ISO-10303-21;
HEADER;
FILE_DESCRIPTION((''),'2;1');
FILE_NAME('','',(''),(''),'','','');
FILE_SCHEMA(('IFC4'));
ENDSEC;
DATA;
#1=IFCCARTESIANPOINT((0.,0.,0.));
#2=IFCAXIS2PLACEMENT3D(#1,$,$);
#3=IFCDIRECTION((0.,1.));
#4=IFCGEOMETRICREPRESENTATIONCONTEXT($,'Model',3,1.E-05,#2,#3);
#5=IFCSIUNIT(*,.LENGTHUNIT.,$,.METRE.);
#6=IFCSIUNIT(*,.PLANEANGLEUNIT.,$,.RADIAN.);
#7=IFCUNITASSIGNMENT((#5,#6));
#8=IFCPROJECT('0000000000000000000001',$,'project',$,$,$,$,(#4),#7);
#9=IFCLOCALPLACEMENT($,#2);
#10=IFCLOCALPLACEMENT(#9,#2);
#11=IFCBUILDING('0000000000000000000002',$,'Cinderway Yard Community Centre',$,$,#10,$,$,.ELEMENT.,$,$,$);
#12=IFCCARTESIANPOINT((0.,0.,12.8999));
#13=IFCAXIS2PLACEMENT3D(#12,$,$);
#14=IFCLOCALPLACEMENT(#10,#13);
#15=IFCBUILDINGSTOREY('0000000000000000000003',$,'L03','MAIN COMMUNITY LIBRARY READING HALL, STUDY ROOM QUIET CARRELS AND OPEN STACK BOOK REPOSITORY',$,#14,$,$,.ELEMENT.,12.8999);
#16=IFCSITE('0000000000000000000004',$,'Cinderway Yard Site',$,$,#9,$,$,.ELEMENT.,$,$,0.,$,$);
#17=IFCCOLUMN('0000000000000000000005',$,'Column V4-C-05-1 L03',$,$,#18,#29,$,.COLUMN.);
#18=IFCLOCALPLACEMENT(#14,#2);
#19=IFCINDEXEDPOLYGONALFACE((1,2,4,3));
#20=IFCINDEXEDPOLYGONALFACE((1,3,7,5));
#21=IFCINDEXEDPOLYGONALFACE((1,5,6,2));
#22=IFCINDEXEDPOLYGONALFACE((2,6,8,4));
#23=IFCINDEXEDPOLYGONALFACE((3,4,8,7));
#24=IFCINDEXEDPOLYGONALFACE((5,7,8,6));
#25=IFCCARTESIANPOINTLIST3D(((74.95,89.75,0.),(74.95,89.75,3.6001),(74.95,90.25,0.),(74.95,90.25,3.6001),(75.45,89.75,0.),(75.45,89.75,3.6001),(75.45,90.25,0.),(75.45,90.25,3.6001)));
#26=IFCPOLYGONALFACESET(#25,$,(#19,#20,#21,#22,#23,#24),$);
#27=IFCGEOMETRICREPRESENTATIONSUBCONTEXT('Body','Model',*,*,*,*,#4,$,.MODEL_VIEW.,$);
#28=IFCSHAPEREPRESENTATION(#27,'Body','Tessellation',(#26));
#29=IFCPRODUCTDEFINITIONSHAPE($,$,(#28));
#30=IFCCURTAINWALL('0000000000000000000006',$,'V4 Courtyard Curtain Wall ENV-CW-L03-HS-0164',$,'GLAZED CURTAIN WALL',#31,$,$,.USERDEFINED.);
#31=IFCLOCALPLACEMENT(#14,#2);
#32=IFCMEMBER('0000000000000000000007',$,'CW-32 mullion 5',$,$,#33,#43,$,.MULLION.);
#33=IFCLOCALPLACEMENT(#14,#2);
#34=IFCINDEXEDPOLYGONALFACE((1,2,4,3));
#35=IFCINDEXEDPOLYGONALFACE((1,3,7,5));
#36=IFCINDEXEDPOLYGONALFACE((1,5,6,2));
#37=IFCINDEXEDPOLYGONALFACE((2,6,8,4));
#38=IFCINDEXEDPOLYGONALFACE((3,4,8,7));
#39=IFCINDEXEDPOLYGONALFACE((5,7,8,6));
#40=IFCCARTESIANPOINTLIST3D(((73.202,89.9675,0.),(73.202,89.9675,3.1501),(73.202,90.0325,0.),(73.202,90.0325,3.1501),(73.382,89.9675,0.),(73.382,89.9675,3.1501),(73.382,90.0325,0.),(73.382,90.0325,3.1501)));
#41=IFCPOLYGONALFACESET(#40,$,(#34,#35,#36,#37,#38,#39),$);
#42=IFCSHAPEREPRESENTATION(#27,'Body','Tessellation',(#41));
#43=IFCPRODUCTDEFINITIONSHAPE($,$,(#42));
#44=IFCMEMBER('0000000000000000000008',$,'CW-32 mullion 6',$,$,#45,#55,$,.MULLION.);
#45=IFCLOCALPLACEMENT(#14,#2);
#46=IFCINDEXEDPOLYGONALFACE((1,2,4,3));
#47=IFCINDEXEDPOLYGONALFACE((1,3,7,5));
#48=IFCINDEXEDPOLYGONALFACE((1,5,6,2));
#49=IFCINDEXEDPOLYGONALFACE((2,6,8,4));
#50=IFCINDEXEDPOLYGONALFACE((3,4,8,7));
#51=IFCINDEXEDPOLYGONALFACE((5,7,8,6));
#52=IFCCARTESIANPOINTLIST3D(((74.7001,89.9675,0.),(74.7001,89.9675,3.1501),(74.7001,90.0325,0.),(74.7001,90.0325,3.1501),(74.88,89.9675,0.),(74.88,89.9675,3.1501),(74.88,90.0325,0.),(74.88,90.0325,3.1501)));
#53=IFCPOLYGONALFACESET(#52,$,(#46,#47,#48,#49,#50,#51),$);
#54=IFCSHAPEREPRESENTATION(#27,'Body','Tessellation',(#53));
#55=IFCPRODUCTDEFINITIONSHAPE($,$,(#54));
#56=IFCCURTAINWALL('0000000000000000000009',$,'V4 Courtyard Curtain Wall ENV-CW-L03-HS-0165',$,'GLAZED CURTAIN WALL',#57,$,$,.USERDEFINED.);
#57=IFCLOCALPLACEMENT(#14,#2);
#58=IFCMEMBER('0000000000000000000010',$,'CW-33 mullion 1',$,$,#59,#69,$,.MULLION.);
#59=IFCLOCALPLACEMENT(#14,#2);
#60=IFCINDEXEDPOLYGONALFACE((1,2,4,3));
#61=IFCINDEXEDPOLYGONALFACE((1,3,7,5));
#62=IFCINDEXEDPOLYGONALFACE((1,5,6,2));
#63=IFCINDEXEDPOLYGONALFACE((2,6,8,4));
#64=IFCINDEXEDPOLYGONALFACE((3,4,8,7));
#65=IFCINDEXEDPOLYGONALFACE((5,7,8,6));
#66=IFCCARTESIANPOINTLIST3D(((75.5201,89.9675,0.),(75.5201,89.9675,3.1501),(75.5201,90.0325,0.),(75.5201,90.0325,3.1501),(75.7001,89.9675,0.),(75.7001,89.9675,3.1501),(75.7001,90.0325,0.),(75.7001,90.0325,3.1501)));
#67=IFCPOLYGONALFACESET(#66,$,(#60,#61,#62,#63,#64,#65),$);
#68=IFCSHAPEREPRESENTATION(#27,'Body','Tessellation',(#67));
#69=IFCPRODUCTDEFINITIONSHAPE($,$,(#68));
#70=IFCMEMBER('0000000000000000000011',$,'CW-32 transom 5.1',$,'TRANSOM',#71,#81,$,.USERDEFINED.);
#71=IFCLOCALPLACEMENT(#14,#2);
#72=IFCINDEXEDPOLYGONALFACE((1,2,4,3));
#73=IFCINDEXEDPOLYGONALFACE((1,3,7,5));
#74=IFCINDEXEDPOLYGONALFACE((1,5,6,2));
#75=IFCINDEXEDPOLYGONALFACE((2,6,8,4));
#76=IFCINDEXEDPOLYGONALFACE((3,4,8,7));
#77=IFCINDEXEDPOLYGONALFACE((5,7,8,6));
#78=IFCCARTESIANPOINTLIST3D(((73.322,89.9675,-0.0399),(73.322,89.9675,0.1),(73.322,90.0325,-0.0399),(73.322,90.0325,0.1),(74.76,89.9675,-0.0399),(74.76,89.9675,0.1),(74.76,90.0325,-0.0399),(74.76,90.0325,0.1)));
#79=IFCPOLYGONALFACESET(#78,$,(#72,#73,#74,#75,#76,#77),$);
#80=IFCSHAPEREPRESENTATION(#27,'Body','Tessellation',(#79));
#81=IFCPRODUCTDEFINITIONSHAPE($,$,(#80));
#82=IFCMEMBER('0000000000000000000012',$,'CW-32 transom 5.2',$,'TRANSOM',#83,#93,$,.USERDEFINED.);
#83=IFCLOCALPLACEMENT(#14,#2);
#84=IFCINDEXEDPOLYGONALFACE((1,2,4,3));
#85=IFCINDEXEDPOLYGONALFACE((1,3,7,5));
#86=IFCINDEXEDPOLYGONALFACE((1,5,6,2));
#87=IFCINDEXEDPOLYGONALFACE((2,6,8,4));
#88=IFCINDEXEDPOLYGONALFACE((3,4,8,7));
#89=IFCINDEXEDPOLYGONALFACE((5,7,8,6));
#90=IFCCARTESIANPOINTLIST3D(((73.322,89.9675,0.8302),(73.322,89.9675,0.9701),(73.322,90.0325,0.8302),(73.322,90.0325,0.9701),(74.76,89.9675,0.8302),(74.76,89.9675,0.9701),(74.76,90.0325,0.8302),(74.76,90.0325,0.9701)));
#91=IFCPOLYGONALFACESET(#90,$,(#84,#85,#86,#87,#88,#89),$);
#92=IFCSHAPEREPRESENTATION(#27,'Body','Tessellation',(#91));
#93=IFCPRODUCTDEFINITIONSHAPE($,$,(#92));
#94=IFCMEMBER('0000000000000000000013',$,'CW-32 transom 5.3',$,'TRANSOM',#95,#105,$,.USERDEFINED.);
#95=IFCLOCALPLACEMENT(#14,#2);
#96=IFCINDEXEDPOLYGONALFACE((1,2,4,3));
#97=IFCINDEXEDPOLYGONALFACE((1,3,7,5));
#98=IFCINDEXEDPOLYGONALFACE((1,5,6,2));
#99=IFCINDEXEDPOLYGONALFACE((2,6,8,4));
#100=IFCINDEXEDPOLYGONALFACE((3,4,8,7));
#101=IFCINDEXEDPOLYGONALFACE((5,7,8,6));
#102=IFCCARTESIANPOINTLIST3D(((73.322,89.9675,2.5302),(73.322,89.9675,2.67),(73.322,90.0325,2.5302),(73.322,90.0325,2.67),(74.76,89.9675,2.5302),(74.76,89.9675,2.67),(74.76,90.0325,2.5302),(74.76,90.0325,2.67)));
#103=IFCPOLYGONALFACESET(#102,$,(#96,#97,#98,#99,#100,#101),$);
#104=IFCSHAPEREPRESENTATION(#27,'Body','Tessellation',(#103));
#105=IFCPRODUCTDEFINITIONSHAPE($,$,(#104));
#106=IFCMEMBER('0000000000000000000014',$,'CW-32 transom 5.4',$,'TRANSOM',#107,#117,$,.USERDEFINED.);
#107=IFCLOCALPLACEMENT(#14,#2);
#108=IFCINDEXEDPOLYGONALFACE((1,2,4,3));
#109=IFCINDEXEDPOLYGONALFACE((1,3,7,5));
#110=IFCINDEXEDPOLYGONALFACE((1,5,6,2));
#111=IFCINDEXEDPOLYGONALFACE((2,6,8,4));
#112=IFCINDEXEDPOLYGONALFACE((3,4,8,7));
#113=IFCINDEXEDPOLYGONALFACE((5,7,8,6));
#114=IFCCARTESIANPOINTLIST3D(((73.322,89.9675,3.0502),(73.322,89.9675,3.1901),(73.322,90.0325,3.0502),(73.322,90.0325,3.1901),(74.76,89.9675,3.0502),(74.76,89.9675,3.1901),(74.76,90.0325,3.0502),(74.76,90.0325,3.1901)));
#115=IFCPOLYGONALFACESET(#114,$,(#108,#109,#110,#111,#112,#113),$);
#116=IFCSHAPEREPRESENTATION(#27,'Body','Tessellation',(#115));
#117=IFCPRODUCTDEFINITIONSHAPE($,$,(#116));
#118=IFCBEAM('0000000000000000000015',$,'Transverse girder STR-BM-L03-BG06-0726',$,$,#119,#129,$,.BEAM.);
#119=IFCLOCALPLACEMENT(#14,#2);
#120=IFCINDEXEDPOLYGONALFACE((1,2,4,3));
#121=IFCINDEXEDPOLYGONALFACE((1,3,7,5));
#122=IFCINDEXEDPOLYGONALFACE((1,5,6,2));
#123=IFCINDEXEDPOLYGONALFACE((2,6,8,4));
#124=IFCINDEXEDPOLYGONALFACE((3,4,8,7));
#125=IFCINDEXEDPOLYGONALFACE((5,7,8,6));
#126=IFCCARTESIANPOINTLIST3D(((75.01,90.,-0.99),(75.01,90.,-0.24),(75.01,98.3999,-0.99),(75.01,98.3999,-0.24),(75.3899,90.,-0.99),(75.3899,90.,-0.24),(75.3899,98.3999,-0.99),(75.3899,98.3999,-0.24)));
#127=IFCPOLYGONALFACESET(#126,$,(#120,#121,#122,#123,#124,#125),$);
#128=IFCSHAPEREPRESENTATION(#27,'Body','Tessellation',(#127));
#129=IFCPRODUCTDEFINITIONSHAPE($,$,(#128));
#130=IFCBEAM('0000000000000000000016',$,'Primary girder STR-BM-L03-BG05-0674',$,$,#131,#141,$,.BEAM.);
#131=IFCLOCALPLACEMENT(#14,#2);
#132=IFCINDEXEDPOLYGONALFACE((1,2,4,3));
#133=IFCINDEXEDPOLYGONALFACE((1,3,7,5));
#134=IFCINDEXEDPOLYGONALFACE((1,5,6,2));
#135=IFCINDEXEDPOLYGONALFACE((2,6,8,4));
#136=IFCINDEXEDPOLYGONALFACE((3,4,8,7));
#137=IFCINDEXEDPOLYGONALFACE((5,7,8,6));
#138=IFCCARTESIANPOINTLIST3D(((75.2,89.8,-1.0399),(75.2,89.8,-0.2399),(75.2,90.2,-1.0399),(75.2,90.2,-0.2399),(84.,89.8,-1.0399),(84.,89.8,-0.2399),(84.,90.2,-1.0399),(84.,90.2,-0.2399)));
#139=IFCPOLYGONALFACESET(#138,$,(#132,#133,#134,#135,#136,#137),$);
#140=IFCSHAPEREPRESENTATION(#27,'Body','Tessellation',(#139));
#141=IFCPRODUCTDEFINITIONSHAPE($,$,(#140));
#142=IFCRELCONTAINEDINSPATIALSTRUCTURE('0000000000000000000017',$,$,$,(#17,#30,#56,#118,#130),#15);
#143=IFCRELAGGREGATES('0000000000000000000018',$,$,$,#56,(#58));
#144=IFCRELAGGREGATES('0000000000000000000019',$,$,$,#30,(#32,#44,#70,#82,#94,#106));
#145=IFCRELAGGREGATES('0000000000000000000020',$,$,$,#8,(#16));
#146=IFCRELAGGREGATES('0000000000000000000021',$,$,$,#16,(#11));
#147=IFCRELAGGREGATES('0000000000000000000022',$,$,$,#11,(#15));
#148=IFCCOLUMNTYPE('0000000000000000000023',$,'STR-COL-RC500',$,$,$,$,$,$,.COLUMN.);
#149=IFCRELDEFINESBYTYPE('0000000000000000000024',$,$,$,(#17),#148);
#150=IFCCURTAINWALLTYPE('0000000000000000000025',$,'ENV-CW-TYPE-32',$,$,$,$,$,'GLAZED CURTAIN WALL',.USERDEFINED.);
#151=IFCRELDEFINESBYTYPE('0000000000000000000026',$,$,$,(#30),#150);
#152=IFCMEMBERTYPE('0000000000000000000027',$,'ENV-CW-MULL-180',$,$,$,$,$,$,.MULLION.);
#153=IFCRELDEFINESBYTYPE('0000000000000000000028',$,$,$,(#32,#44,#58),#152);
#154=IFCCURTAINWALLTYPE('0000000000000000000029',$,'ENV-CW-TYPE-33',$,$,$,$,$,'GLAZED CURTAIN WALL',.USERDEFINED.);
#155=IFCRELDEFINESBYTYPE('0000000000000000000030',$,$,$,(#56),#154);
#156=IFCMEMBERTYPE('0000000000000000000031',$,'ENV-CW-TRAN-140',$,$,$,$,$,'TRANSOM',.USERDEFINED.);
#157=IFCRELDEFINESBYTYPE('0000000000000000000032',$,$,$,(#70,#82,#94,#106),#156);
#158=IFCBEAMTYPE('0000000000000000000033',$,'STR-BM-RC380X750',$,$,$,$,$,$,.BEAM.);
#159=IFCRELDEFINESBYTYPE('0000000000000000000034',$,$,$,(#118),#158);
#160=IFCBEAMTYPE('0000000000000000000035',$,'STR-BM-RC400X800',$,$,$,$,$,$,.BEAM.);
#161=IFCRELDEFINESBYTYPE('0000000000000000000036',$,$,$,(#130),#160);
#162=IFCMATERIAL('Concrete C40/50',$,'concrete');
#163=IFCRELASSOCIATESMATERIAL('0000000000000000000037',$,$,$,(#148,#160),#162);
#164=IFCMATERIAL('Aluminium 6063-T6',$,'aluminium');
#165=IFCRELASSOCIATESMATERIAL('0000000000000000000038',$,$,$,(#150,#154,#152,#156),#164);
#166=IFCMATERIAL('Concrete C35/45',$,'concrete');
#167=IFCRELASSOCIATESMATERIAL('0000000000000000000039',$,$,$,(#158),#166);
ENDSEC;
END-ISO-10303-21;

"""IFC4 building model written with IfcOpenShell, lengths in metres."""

from ifc_helpers import new_model, si_unit, direction, frame, origin, origin_2d, place, context, subcontext, project, spatial, rectangle, extrude, material, material_profile, profile_set, type_object, element, aggregate, save


model = new_model("IFC4")

# Units and contexts
model_context = context("Model", 3, precision=1e-05, world=origin(), true_north=direction((0.0, 1.0)))
body_context = subcontext(model_context, "Body", "Model", "MODEL_VIEW")
ifc_project = project(units=[si_unit("LENGTHUNIT", "METRE"), si_unit("PLANEANGLEUNIT", "RADIAN")], contexts=[model_context])

# Site, building, storey
site_placement = place(None, origin())
site = spatial("IfcSite", under=ifc_project, at=site_placement, Name="Cinderway Yard Site", CompositionType="ELEMENT", RefElevation=0.0)
building_placement = place(site_placement, origin())
building = spatial("IfcBuilding", under=site, at=building_placement, Name="Cinderway Yard Community Centre", CompositionType="ELEMENT")
storey_placement = place(building_placement, frame((0.0, 0.0, 12.8999)))
storey = spatial("IfcBuildingStorey", under=building, at=storey_placement, Name="L03", Description="MAIN COMMUNITY LIBRARY READING HALL, STUDY ROOM QUIET CARRELS AND OPEN STACK BOOK REPOSITORY", CompositionType="ELEMENT", Elevation=12.8999)

# Column
ifc_material_1 = material(Name="Concrete C40/50", Category="concrete")
ifc_material_profile_1 = material_profile(ifc_material_1, rectangle(XDim=0.5, YDim=0.5, at=origin_2d()), Name="Concrete C40/50")
ifc_profile_set_1 = profile_set([ifc_material_profile_1], Name="Concrete C40/50")
column_type = type_object("IfcColumnType", Name="STR-COL-RC500", PredefinedType="COLUMN", material=ifc_profile_set_1)
column_placement = place(storey_placement, frame((75.2, 90.0, 0.0), z_axis=(0.0, 0.0, 1.0), x_axis=(1.0, 0.0, 0.0)))
element("IfcColumn", 1, at=column_placement, inside=storey, type_object=column_type, Name="Column V4-C-05-1 L03", PredefinedType="COLUMN", context=body_context, shape_type="SweptSolid", body=[
    extrude(rectangle(XDim=0.5, YDim=0.5, at=origin_2d()), origin(), (0.0, 0.0, 1.0), 3.6001),
])

# Curtain wall, members
ifc_material_2 = material(Name="Aluminium 6063-T6", Category="aluminium")
curtain_wall_type_1 = type_object("IfcCurtainWallType", Name="ENV-CW-TYPE-32", ElementType="GLAZED CURTAIN WALL", PredefinedType="USERDEFINED", material=ifc_material_2)
curtain_wall_1_placement = place(storey_placement, origin())
curtain_wall_1 = element("IfcCurtainWall", 2, at=curtain_wall_1_placement, inside=storey, type_object=curtain_wall_type_1, Name="V4 Courtyard Curtain Wall ENV-CW-L03-HS-0164", ObjectType="GLAZED CURTAIN WALL", PredefinedType="USERDEFINED")
ifc_material_profile_2 = material_profile(ifc_material_2, rectangle(XDim=0.0649, YDim=0.1799, at=origin_2d()), Name="Aluminium 6063-T6")
ifc_profile_set_2 = profile_set([ifc_material_profile_2], Name="Aluminium 6063-T6")
member_type_1 = type_object("IfcMemberType", Name="ENV-CW-MULL-180", PredefinedType="MULLION", material=ifc_profile_set_2)
member_1_placement = place(storey_placement, frame((73.292, 90.0, 0.0), z_axis=(0.0, 0.0, 1.0), x_axis=(0.0, 1.0, 0.0)))
member_1 = element("IfcMember", 3, at=member_1_placement, type_object=member_type_1, Name="CW-32 mullion 5", PredefinedType="MULLION", context=body_context, shape_type="SweptSolid", body=[
    extrude(rectangle(XDim=0.0649, YDim=0.1799, at=origin_2d()), origin(), (0.0, 0.0, 1.0), 3.1501),
])
member_2_placement = place(storey_placement, frame((74.79, 90.0, 0.0), z_axis=(0.0, 0.0, 1.0), x_axis=(0.0, 1.0, 0.0)))
member_2 = element("IfcMember", 4, at=member_2_placement, type_object=member_type_1, Name="CW-32 mullion 6", PredefinedType="MULLION", context=body_context, shape_type="SweptSolid", body=[
    extrude(rectangle(XDim=0.0649, YDim=0.1799, at=origin_2d()), origin(), (0.0, 0.0, 1.0), 3.1501),
])

# Curtain wall, member
curtain_wall_type_2 = type_object("IfcCurtainWallType", Name="ENV-CW-TYPE-33", ElementType="GLAZED CURTAIN WALL", PredefinedType="USERDEFINED", material=ifc_material_2)
curtain_wall_2_placement = place(storey_placement, origin())
curtain_wall_2 = element("IfcCurtainWall", 5, at=curtain_wall_2_placement, inside=storey, type_object=curtain_wall_type_2, Name="V4 Courtyard Curtain Wall ENV-CW-L03-HS-0165", ObjectType="GLAZED CURTAIN WALL", PredefinedType="USERDEFINED")
member_3_placement = place(storey_placement, frame((75.6101, 90.0, 0.0), z_axis=(0.0, 0.0, 1.0), x_axis=(0.0, 1.0, 0.0)))
member_3 = element("IfcMember", 6, at=member_3_placement, type_object=member_type_1, Name="CW-33 mullion 1", PredefinedType="MULLION", context=body_context, shape_type="SweptSolid", body=[
    extrude(rectangle(XDim=0.0649, YDim=0.1799, at=origin_2d()), origin(), (0.0, 0.0, 1.0), 3.1501),
])
aggregate(curtain_wall_2, [member_3])

# Members
ifc_material_profile_3 = material_profile(ifc_material_2, rectangle(XDim=0.0649, YDim=0.1399, at=origin_2d()), Name="Aluminium 6063-T6")
ifc_profile_set_3 = profile_set([ifc_material_profile_3], Name="Aluminium 6063-T6")
member_type_2 = type_object("IfcMemberType", Name="ENV-CW-TRAN-140", ElementType="TRANSOM", PredefinedType="USERDEFINED", material=ifc_profile_set_3)
member_4_placement = place(storey_placement, frame((73.322, 90.0, 0.03), z_axis=(1.0, 0.0, 0.0), x_axis=(0.0, 1.0, 0.0)))
member_4 = element("IfcMember", 7, at=member_4_placement, type_object=member_type_2, Name="CW-32 transom 5.1", ObjectType="TRANSOM", PredefinedType="USERDEFINED", context=body_context, shape_type="SweptSolid", body=[
    extrude(rectangle(XDim=0.0649, YDim=0.1399, at=origin_2d()), origin(), (0.0, 0.0, 1.0), 1.438),
])
member_5_placement = place(storey_placement, frame((73.322, 90.0, 0.9001), z_axis=(1.0, 0.0, 0.0), x_axis=(0.0, 1.0, 0.0)))
member_5 = element("IfcMember", 8, at=member_5_placement, type_object=member_type_2, Name="CW-32 transom 5.2", ObjectType="TRANSOM", PredefinedType="USERDEFINED", context=body_context, shape_type="SweptSolid", body=[
    extrude(rectangle(XDim=0.0649, YDim=0.1399, at=origin_2d()), origin(), (0.0, 0.0, 1.0), 1.438),
])
member_6_placement = place(storey_placement, frame((73.322, 90.0, 2.6001), z_axis=(1.0, 0.0, 0.0), x_axis=(0.0, 1.0, 0.0)))
member_6 = element("IfcMember", 9, at=member_6_placement, type_object=member_type_2, Name="CW-32 transom 5.3", ObjectType="TRANSOM", PredefinedType="USERDEFINED", context=body_context, shape_type="SweptSolid", body=[
    extrude(rectangle(XDim=0.0649, YDim=0.1399, at=origin_2d()), origin(), (0.0, 0.0, 1.0), 1.438),
])
member_7_placement = place(storey_placement, frame((73.322, 90.0, 3.1201), z_axis=(1.0, 0.0, 0.0), x_axis=(0.0, 1.0, 0.0)))
member_7 = element("IfcMember", 10, at=member_7_placement, type_object=member_type_2, Name="CW-32 transom 5.4", ObjectType="TRANSOM", PredefinedType="USERDEFINED", context=body_context, shape_type="SweptSolid", body=[
    extrude(rectangle(XDim=0.0649, YDim=0.1399, at=origin_2d()), origin(), (0.0, 0.0, 1.0), 1.438),
])

# Beams
ifc_material_3 = material(Name="Concrete C35/45", Category="concrete")
ifc_material_profile_4 = material_profile(ifc_material_3, rectangle(XDim=0.3799, YDim=0.75, at=origin_2d()), Name="Concrete C35/45")
ifc_profile_set_4 = profile_set([ifc_material_profile_4], Name="Concrete C35/45")
beam_type_1 = type_object("IfcBeamType", Name="STR-BM-RC380X750", PredefinedType="BEAM", material=ifc_profile_set_4)
beam_1_placement = place(storey_placement, frame((75.2, 90.0, -0.615), z_axis=(0.0, 1.0, 0.0), x_axis=(-1.0, 0.0, 0.0)))
element("IfcBeam", 11, at=beam_1_placement, inside=storey, type_object=beam_type_1, Name="Transverse girder STR-BM-L03-BG06-0726", PredefinedType="BEAM", context=body_context, shape_type="SweptSolid", body=[
    extrude(rectangle(XDim=0.3799, YDim=0.75, at=origin_2d()), origin(), (0.0, 0.0, 1.0), 8.3999),
])
ifc_material_profile_5 = material_profile(ifc_material_1, rectangle(XDim=0.3999, YDim=0.8, at=origin_2d()), Name="Concrete C40/50")
ifc_profile_set_5 = profile_set([ifc_material_profile_5], Name="Concrete C40/50")
beam_type_2 = type_object("IfcBeamType", Name="STR-BM-RC400X800", PredefinedType="BEAM", material=ifc_profile_set_5)
beam_2_placement = place(storey_placement, frame((75.2, 90.0, -0.6399), z_axis=(1.0, 0.0, 0.0), x_axis=(0.0, 1.0, 0.0)))
element("IfcBeam", 12, at=beam_2_placement, inside=storey, type_object=beam_type_2, Name="Primary girder STR-BM-L03-BG05-0674", PredefinedType="BEAM", context=body_context, shape_type="SweptSolid", body=[
    extrude(rectangle(XDim=0.3999, YDim=0.8, at=origin_2d()), origin(), (0.0, 0.0, 1.0), 8.8),
])

aggregate(curtain_wall_1, [member_1, member_2, member_4, member_5, member_6, member_7])

save(model, "model.ifc")
